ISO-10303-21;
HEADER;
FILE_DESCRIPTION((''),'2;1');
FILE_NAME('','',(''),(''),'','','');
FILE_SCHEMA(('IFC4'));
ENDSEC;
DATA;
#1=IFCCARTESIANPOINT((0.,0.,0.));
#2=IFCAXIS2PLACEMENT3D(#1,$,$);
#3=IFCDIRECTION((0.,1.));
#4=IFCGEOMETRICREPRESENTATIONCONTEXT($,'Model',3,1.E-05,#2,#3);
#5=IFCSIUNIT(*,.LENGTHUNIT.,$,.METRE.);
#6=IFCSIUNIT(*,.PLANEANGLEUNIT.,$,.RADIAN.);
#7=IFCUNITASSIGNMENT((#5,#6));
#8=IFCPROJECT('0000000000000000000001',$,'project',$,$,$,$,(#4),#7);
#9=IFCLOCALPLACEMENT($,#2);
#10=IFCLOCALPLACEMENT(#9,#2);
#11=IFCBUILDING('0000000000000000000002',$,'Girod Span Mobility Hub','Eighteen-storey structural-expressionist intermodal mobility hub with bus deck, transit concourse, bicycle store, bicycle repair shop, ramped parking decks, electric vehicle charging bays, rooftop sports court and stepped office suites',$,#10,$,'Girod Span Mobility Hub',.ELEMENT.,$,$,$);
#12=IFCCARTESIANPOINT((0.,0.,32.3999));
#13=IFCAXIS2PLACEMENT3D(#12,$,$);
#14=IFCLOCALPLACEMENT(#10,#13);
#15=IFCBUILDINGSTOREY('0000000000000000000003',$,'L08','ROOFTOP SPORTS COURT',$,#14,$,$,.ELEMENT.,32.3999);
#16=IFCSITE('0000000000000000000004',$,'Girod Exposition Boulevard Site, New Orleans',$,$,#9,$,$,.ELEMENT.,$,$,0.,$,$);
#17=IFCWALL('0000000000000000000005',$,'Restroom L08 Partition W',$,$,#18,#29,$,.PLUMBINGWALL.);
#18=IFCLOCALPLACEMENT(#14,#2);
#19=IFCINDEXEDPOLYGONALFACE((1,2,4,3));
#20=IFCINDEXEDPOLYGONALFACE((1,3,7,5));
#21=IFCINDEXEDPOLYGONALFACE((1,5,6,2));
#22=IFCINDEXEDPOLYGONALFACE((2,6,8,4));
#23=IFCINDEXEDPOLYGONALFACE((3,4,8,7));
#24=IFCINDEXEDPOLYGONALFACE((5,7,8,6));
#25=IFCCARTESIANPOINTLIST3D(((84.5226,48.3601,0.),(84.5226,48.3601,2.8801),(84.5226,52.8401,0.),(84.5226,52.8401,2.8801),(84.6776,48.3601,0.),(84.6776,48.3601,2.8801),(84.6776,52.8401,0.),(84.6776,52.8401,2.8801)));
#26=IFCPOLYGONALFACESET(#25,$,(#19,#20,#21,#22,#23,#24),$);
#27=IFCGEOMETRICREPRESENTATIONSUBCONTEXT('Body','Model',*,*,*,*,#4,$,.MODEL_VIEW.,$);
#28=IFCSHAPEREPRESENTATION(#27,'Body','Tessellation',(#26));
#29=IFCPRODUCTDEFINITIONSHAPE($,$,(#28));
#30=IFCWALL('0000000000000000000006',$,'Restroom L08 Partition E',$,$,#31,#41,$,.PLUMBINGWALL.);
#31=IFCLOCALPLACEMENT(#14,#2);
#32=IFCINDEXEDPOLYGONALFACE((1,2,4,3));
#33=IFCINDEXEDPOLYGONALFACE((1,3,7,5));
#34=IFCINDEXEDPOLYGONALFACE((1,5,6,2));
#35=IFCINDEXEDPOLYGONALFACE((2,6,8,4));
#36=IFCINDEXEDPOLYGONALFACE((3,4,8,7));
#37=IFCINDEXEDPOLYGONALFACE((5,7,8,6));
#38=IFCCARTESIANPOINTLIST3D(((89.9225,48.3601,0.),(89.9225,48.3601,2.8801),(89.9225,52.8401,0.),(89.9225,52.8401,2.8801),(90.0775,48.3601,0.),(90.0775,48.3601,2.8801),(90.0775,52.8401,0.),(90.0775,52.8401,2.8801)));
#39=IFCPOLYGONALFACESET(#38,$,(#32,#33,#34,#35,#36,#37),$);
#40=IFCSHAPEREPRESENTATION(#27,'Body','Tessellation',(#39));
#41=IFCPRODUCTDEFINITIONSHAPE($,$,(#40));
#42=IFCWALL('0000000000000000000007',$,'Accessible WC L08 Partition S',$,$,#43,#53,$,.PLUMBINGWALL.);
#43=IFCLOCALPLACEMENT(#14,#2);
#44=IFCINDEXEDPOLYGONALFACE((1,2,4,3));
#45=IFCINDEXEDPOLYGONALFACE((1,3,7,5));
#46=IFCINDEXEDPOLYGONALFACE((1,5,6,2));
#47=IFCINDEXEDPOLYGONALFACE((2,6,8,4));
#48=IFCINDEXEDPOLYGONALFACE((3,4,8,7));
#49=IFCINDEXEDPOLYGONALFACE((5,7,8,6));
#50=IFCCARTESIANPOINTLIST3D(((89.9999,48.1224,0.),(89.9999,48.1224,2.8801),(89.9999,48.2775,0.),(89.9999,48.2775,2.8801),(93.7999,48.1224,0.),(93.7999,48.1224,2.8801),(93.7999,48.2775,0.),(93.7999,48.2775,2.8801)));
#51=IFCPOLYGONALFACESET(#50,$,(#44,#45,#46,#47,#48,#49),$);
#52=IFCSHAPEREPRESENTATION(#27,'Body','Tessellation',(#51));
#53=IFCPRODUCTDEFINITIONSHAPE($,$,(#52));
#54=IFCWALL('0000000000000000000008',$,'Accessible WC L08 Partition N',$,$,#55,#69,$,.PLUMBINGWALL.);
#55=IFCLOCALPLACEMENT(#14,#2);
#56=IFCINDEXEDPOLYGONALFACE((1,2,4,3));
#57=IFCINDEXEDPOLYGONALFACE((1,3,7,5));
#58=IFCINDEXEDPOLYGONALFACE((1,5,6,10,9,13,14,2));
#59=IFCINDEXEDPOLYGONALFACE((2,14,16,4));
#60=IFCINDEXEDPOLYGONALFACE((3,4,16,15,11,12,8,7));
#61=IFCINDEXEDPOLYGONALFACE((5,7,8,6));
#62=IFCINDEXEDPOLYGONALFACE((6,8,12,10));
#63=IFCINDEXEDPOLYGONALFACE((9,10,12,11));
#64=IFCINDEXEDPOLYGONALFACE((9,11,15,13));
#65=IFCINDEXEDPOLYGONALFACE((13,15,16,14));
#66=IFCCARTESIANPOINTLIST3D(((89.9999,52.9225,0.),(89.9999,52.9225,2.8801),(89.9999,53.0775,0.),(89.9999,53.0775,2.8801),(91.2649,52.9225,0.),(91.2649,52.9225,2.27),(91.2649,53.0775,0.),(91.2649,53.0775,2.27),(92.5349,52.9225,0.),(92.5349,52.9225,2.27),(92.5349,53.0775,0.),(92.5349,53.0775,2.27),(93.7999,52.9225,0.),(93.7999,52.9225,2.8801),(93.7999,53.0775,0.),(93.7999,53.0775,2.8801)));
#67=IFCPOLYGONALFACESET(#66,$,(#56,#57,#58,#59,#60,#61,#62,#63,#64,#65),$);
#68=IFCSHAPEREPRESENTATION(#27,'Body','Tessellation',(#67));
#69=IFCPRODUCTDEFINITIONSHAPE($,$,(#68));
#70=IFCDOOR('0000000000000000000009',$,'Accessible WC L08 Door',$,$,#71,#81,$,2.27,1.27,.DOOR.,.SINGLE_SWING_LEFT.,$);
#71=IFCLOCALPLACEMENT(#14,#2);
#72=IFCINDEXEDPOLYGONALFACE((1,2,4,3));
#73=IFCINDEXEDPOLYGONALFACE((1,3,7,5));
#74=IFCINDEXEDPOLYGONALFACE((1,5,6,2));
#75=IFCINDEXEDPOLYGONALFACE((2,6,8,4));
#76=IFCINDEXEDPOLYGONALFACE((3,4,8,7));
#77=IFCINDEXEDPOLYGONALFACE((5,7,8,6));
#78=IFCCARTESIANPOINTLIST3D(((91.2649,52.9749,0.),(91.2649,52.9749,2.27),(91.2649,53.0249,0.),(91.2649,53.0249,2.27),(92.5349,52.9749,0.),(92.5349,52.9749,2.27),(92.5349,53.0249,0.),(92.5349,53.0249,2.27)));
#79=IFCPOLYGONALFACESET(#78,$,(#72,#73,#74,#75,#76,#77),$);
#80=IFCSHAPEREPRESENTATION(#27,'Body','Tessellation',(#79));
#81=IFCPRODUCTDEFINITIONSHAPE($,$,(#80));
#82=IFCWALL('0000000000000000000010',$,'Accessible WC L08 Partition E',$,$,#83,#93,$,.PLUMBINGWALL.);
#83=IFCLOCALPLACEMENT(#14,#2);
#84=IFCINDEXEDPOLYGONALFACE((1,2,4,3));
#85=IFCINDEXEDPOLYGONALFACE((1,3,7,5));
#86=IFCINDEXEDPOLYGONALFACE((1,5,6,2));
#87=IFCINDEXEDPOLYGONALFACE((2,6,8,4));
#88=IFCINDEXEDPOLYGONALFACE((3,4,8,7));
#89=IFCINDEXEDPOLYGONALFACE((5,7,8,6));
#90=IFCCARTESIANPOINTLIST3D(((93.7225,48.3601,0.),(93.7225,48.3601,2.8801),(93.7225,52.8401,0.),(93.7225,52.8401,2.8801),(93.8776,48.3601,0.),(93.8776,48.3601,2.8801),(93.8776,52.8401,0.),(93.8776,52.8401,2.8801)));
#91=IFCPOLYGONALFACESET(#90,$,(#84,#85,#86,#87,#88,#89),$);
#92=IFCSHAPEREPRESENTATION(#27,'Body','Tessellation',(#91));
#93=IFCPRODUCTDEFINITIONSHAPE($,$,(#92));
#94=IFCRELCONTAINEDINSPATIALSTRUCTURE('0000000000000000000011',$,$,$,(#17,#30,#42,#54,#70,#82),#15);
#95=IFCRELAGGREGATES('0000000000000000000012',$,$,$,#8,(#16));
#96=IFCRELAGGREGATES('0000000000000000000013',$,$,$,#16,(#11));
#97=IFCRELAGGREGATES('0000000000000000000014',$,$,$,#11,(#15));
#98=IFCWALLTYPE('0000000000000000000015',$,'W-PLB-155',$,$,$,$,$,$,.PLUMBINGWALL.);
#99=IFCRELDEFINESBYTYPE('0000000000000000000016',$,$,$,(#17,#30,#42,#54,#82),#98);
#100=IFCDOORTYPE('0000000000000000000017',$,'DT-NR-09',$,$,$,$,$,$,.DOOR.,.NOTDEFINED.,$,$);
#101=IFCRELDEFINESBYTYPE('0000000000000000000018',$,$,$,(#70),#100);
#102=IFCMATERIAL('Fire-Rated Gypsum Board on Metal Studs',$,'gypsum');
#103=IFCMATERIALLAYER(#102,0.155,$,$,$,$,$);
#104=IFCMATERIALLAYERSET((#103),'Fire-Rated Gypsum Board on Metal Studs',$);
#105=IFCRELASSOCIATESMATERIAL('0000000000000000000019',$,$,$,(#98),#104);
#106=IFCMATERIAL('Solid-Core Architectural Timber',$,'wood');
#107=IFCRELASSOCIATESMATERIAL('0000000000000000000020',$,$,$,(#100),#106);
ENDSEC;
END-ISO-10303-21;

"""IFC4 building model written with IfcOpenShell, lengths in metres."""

from ifc_helpers import new_model, si_unit, direction, frame, frame_2d, origin, place, context, subcontext, project, spatial, rectangle, extrude, material, layer, layer_set, type_object, element, fill, save


model = new_model("IFC4")

# Units and contexts
model_context = context("Model", 3, precision=1e-05, world=origin(), true_north=direction((0.0, 1.0)))
body_context = subcontext(model_context, "Body", "Model", "MODEL_VIEW")
ifc_project = project(units=[si_unit("LENGTHUNIT", "METRE"), si_unit("PLANEANGLEUNIT", "RADIAN")], contexts=[model_context])

# Site, building, storey
site_placement = place(None, origin())
site = spatial("IfcSite", under=ifc_project, at=site_placement, Name="Girod Exposition Boulevard Site, New Orleans", CompositionType="ELEMENT", RefElevation=0.0)
building_placement = place(site_placement, origin())
building = spatial("IfcBuilding", under=site, at=building_placement, Name="Girod Span Mobility Hub", Description="Eighteen-storey structural-expressionist intermodal mobility hub with bus deck, transit concourse, bicycle store, bicycle repair shop, ramped parking decks, electric vehicle charging bays, rooftop sports court and stepped office suites", LongName="Girod Span Mobility Hub", CompositionType="ELEMENT")
storey_placement = place(building_placement, frame((0.0, 0.0, 32.3999)))
storey = spatial("IfcBuildingStorey", under=building, at=storey_placement, Name="L08", Description="ROOFTOP SPORTS COURT", CompositionType="ELEMENT", Elevation=32.3999)

# Shared definitions
ifc_material_1 = material(Name="Fire-Rated Gypsum Board on Metal Studs", Category="gypsum")
ifc_layer_1 = layer(ifc_material_1, 0.155)
ifc_layer_set_1 = layer_set([ifc_layer_1], Name="Fire-Rated Gypsum Board on Metal Studs")
wall_type = type_object("IfcWallType", Name="W-PLB-155", PredefinedType="PLUMBINGWALL", material=ifc_layer_set_1)

# Walls
for number, where, z_axis, x_axis, name in (
    (1, (84.6001, 48.3601, 0.0), (0.0, 0.0, 1.0), (0.0, 1.0, 0.0), "Restroom L08 Partition W"),
    (2, (90.0, 48.3601, 0.0), (0.0, 0.0, 1.0), (0.0, 1.0, 0.0), "Restroom L08 Partition E"),
):
    element("IfcWall", number, at=place(storey_placement, frame(where, z_axis=z_axis, x_axis=x_axis)), inside=storey, type_object=wall_type, Name=name, PredefinedType="PLUMBINGWALL", context=body_context, shape_type="SweptSolid", body=[
        extrude(rectangle(XDim=4.48, YDim=0.155, at=frame_2d((2.24, 0.0))), origin(), (0.0, 0.0, 1.0), 2.8801),
    ])
wall_1_placement = place(storey_placement, frame((90.0, 48.2, 0.0), z_axis=(0.0, 0.0, 1.0), x_axis=(1.0, 0.0, 0.0)))
element("IfcWall", 3, at=wall_1_placement, inside=storey, type_object=wall_type, Name="Accessible WC L08 Partition S", PredefinedType="PLUMBINGWALL", context=body_context, shape_type="SweptSolid", body=[
    extrude(rectangle(XDim=3.8, YDim=0.155, at=frame_2d((1.8999, 0.0))), origin(), (0.0, 0.0, 1.0), 2.8801),
])

# Wall, opening, door
wall_2_placement = place(storey_placement, frame((90.0, 53.0, 0.0), z_axis=(0.0, 0.0, 1.0), x_axis=(1.0, 0.0, 0.0)))
wall_2 = element("IfcWall", 4, at=wall_2_placement, inside=storey, type_object=wall_type, Name="Accessible WC L08 Partition N", PredefinedType="PLUMBINGWALL", context=body_context, shape_type="SweptSolid", body=[
    extrude(rectangle(XDim=3.8, YDim=0.155, at=frame_2d((1.8999, 0.0))), origin(), (0.0, 0.0, 1.0), 2.8801),
])
opening_1_placement = place(wall_2_placement, frame((1.2649, 0.0, 0.0)))
opening_1 = element("IfcOpeningElement", 5, at=opening_1_placement, cuts=wall_2, PredefinedType="OPENING", context=body_context, shape_type="SweptSolid", body=[
    extrude(rectangle(XDim=1.27, YDim=2.27, at=frame_2d((0.635, 1.135))), frame((0.0, 0.0925, 0.0), z_axis=(0.0, -1.0, 0.0), x_axis=(1.0, 0.0, 0.0)), (0.0, 0.0, 1.0), 0.1851),
])
ifc_material_2 = material(Name="Solid-Core Architectural Timber", Category="wood")
door_type_1 = type_object("IfcDoorType", Name="DT-NR-09", OperationType="NOTDEFINED", PredefinedType="DOOR", material=ifc_material_2)
door_1_placement = place(opening_1_placement, origin())
door_1 = element("IfcDoor", 6, at=door_1_placement, inside=storey, type_object=door_type_1, Name="Accessible WC L08 Door", OperationType="SINGLE_SWING_LEFT", OverallHeight=2.27, OverallWidth=1.27, PredefinedType="DOOR", context=body_context, shape_type="SweptSolid", body=[
    extrude(rectangle(XDim=1.27, YDim=2.27, at=frame_2d((0.635, 1.135))), frame((0.0, 0.0249, 0.0), z_axis=(0.0, -1.0, 0.0), x_axis=(1.0, 0.0, 0.0)), (0.0, 0.0, 1.0), 0.05),
])
fill(opening_1, door_1)

# Wall
wall_3_placement = place(storey_placement, frame((93.8, 48.3601, 0.0), z_axis=(0.0, 0.0, 1.0), x_axis=(0.0, 1.0, 0.0)))
element("IfcWall", 7, at=wall_3_placement, inside=storey, type_object=wall_type, Name="Accessible WC L08 Partition E", PredefinedType="PLUMBINGWALL", context=body_context, shape_type="SweptSolid", body=[
    extrude(rectangle(XDim=4.48, YDim=0.155, at=frame_2d((2.24, 0.0))), origin(), (0.0, 0.0, 1.0), 2.8801),
])

save(model, "model.ifc")
